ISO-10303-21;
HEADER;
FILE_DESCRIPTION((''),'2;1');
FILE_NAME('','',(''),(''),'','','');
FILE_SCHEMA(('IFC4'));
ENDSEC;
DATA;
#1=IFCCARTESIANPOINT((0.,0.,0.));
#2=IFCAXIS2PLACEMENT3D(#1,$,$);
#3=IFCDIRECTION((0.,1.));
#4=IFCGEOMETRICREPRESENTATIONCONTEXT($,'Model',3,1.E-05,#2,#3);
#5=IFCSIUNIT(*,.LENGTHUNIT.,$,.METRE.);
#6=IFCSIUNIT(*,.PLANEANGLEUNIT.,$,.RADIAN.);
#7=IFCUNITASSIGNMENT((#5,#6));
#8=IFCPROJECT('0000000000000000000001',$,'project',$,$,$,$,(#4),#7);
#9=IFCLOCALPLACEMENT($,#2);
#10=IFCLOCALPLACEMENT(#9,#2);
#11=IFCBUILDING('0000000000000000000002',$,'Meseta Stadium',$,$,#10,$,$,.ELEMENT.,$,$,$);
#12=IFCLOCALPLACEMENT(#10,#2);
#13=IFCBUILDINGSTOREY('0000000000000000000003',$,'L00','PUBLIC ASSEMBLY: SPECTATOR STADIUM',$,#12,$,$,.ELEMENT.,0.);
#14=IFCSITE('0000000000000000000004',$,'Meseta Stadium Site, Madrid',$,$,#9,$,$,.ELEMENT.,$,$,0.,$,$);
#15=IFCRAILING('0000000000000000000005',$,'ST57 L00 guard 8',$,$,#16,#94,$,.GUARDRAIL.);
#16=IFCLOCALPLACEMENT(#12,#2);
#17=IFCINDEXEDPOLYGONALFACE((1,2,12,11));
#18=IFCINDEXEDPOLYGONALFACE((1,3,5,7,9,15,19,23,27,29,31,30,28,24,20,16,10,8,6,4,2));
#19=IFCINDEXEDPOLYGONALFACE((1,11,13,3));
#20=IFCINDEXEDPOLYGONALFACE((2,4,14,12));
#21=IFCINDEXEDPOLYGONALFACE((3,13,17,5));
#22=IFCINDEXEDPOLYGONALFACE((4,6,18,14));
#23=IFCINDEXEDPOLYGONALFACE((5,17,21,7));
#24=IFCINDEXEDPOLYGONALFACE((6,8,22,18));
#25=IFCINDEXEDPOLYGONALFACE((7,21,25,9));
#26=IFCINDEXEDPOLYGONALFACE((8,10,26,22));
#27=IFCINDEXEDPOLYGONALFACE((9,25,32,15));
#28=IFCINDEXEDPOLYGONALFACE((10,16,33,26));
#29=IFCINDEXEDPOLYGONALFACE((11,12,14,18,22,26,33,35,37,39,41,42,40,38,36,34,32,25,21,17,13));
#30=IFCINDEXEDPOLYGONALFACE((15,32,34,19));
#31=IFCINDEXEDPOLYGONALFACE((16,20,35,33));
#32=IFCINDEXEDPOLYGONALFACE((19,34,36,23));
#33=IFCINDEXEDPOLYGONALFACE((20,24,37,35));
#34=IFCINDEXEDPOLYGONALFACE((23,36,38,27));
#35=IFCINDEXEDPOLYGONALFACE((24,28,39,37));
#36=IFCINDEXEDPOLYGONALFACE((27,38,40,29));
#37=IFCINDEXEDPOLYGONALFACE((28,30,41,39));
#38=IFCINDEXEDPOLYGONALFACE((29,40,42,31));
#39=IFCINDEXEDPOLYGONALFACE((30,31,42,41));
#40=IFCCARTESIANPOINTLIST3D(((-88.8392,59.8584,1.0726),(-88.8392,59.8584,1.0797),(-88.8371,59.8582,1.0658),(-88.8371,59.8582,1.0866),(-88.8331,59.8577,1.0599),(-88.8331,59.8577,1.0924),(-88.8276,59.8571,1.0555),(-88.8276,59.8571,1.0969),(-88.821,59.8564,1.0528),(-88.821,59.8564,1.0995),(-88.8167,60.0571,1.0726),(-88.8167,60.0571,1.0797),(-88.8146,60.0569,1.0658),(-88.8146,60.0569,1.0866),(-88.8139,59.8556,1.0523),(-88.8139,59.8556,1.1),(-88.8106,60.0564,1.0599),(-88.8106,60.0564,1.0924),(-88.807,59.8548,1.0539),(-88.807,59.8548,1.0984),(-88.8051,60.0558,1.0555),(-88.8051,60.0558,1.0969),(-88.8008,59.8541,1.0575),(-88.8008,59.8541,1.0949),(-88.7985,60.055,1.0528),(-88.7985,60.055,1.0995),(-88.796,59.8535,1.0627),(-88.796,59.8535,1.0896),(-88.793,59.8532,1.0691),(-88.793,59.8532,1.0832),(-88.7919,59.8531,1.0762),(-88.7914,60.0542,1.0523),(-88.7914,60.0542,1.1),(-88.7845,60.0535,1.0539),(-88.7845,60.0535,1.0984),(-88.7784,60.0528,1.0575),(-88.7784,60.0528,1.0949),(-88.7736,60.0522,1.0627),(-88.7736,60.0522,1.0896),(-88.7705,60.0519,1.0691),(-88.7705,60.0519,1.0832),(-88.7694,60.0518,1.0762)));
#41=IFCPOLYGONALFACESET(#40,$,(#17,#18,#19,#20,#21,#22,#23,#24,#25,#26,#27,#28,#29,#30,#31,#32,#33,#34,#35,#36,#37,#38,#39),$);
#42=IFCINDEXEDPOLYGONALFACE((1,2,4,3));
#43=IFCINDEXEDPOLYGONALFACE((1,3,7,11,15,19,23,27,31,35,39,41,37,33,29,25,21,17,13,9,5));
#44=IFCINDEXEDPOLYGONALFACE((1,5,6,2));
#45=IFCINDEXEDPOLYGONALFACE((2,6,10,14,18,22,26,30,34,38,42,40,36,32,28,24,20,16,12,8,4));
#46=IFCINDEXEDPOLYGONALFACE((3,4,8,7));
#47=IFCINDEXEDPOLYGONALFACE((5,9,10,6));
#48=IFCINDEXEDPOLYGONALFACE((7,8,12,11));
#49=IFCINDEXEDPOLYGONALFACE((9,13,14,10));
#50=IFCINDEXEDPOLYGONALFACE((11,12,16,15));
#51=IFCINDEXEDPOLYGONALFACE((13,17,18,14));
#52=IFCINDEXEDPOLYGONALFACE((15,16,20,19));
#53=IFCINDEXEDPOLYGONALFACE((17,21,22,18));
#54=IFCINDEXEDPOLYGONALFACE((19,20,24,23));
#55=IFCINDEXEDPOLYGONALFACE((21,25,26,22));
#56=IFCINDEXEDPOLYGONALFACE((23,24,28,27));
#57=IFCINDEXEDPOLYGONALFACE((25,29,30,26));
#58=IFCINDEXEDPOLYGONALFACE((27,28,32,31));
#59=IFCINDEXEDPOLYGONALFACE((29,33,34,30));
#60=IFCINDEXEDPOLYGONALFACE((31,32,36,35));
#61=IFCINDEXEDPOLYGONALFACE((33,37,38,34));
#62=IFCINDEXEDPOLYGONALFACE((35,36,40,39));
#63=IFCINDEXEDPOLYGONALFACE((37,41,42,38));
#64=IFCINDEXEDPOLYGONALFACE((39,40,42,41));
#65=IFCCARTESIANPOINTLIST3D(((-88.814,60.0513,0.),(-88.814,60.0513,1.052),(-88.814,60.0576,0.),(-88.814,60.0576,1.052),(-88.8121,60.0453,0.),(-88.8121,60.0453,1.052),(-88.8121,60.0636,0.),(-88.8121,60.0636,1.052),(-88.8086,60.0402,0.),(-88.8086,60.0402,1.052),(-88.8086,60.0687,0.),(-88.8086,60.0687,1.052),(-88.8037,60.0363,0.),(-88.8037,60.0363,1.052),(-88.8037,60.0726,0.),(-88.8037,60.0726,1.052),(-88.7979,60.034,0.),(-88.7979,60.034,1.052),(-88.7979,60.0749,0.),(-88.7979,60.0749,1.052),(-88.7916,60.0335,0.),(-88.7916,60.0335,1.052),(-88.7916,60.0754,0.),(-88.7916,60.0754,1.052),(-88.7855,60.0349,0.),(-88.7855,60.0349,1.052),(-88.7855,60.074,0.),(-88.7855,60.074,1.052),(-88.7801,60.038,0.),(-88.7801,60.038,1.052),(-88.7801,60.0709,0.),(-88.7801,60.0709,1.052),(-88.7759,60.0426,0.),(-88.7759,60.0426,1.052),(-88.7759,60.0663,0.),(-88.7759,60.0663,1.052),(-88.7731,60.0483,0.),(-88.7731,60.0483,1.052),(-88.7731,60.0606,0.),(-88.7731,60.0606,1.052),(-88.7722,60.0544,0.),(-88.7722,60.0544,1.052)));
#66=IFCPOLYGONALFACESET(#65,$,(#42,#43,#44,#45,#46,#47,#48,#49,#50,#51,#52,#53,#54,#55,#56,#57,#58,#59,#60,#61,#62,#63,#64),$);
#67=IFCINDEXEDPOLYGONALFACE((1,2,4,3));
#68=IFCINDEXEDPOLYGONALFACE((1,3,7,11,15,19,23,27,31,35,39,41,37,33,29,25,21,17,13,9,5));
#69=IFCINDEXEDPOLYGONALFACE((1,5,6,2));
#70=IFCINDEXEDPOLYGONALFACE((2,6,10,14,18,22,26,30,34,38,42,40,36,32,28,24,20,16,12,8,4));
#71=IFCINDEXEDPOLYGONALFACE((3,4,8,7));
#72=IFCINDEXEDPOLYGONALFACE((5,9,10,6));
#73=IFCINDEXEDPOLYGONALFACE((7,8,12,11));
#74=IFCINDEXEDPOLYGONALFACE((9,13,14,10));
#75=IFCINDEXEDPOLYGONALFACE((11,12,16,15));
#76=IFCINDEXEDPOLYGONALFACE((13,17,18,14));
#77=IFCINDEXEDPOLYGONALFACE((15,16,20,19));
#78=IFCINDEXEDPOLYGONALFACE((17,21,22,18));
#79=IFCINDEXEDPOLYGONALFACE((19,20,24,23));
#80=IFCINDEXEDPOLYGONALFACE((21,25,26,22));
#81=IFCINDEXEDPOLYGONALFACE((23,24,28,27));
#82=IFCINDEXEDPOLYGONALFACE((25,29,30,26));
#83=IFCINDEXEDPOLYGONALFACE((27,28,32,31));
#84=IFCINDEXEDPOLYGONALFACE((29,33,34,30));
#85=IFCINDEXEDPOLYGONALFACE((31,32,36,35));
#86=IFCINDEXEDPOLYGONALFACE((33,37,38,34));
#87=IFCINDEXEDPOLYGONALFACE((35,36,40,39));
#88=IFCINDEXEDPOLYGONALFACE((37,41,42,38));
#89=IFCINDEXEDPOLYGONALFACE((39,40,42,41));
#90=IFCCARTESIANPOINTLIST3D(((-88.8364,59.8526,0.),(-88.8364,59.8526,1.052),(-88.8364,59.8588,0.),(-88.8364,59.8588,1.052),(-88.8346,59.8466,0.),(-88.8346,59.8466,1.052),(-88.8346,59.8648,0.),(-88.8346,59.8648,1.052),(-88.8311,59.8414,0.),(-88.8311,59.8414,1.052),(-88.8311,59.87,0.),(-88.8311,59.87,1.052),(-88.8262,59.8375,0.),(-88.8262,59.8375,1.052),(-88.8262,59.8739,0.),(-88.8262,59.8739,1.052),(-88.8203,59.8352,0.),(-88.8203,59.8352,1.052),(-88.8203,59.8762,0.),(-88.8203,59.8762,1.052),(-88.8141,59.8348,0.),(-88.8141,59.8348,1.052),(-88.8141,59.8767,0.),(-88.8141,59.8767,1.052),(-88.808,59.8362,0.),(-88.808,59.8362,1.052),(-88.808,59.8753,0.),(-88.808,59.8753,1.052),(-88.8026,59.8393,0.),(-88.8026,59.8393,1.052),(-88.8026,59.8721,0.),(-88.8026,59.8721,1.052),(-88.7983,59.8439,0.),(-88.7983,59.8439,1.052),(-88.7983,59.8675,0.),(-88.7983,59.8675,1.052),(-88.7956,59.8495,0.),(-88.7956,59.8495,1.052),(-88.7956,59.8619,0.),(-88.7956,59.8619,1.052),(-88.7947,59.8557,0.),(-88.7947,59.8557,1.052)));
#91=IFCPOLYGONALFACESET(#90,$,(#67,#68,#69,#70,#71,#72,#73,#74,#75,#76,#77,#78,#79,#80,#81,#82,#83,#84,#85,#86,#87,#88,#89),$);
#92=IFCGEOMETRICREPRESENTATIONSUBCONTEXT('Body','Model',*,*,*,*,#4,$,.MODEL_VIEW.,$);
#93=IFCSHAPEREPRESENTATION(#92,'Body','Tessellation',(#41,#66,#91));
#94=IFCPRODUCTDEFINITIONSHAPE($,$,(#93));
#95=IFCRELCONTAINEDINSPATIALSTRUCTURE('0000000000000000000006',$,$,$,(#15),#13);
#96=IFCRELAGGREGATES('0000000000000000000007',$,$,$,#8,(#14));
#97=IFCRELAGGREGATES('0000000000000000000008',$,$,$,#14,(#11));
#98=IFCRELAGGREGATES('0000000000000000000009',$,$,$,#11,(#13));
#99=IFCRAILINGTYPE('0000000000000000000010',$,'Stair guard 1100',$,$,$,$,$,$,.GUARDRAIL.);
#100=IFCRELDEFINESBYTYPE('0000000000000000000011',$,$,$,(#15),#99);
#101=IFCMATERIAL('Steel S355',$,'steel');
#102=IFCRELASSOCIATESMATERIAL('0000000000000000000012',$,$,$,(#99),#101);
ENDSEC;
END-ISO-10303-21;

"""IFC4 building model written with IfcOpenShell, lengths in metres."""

from ifc_helpers import new_model, si_unit, direction, frame, origin, origin_2d, place, context, subcontext, project, spatial, circle, extrude, material, type_object, element, save


model = new_model("IFC4")

# Units and contexts
model_context = context("Model", 3, precision=1e-05, world=origin(), true_north=direction((0.0, 1.0)))
body_context = subcontext(model_context, "Body", "Model", "MODEL_VIEW")
ifc_project = project(units=[si_unit("LENGTHUNIT", "METRE"), si_unit("PLANEANGLEUNIT", "RADIAN")], contexts=[model_context])

# Site, building, storey
site_placement = place(None, origin())
site = spatial("IfcSite", under=ifc_project, at=site_placement, Name="Meseta Stadium Site, Madrid", CompositionType="ELEMENT", RefElevation=0.0)
building_placement = place(site_placement, origin())
building = spatial("IfcBuilding", under=site, at=building_placement, Name="Meseta Stadium", CompositionType="ELEMENT")
storey_placement = place(building_placement, origin())
storey = spatial("IfcBuildingStorey", under=building, at=storey_placement, Name="L00", Description="PUBLIC ASSEMBLY: SPECTATOR STADIUM", CompositionType="ELEMENT", Elevation=0.0)

# Railing
ifc_material_1 = material(Name="Steel S355", Category="steel")
railing_type_1 = type_object("IfcRailingType", Name="Stair guard 1100", PredefinedType="GUARDRAIL", material=ifc_material_1)
railing_1_placement = place(storey_placement, frame((-88.7932, 60.0544, 0.0)))
element("IfcRailing", 1, at=railing_1_placement, inside=storey, type_object=railing_type_1, Name="ST57 L00 guard 8", PredefinedType="GUARDRAIL", context=body_context, shape_type="SweptSolid", body=[
    extrude(circle(Radius=0.0239, at=origin_2d()), frame((0.0, 0.0, 1.0762), z_axis=(-0.112307, -0.993674, 0.0), x_axis=(0.993674, -0.112307, 0.0)), (0.0, 0.0, 1.0), 0.2),
    extrude(circle(Radius=0.021, at=origin_2d()), origin(), (0.0, 0.0, 1.0), 1.052),
    extrude(circle(Radius=0.021, at=origin_2d()), frame((-0.0225, -0.1987, 0.0)), (0.0, 0.0, 1.0), 1.052),
])

save(model, "model.ifc")
